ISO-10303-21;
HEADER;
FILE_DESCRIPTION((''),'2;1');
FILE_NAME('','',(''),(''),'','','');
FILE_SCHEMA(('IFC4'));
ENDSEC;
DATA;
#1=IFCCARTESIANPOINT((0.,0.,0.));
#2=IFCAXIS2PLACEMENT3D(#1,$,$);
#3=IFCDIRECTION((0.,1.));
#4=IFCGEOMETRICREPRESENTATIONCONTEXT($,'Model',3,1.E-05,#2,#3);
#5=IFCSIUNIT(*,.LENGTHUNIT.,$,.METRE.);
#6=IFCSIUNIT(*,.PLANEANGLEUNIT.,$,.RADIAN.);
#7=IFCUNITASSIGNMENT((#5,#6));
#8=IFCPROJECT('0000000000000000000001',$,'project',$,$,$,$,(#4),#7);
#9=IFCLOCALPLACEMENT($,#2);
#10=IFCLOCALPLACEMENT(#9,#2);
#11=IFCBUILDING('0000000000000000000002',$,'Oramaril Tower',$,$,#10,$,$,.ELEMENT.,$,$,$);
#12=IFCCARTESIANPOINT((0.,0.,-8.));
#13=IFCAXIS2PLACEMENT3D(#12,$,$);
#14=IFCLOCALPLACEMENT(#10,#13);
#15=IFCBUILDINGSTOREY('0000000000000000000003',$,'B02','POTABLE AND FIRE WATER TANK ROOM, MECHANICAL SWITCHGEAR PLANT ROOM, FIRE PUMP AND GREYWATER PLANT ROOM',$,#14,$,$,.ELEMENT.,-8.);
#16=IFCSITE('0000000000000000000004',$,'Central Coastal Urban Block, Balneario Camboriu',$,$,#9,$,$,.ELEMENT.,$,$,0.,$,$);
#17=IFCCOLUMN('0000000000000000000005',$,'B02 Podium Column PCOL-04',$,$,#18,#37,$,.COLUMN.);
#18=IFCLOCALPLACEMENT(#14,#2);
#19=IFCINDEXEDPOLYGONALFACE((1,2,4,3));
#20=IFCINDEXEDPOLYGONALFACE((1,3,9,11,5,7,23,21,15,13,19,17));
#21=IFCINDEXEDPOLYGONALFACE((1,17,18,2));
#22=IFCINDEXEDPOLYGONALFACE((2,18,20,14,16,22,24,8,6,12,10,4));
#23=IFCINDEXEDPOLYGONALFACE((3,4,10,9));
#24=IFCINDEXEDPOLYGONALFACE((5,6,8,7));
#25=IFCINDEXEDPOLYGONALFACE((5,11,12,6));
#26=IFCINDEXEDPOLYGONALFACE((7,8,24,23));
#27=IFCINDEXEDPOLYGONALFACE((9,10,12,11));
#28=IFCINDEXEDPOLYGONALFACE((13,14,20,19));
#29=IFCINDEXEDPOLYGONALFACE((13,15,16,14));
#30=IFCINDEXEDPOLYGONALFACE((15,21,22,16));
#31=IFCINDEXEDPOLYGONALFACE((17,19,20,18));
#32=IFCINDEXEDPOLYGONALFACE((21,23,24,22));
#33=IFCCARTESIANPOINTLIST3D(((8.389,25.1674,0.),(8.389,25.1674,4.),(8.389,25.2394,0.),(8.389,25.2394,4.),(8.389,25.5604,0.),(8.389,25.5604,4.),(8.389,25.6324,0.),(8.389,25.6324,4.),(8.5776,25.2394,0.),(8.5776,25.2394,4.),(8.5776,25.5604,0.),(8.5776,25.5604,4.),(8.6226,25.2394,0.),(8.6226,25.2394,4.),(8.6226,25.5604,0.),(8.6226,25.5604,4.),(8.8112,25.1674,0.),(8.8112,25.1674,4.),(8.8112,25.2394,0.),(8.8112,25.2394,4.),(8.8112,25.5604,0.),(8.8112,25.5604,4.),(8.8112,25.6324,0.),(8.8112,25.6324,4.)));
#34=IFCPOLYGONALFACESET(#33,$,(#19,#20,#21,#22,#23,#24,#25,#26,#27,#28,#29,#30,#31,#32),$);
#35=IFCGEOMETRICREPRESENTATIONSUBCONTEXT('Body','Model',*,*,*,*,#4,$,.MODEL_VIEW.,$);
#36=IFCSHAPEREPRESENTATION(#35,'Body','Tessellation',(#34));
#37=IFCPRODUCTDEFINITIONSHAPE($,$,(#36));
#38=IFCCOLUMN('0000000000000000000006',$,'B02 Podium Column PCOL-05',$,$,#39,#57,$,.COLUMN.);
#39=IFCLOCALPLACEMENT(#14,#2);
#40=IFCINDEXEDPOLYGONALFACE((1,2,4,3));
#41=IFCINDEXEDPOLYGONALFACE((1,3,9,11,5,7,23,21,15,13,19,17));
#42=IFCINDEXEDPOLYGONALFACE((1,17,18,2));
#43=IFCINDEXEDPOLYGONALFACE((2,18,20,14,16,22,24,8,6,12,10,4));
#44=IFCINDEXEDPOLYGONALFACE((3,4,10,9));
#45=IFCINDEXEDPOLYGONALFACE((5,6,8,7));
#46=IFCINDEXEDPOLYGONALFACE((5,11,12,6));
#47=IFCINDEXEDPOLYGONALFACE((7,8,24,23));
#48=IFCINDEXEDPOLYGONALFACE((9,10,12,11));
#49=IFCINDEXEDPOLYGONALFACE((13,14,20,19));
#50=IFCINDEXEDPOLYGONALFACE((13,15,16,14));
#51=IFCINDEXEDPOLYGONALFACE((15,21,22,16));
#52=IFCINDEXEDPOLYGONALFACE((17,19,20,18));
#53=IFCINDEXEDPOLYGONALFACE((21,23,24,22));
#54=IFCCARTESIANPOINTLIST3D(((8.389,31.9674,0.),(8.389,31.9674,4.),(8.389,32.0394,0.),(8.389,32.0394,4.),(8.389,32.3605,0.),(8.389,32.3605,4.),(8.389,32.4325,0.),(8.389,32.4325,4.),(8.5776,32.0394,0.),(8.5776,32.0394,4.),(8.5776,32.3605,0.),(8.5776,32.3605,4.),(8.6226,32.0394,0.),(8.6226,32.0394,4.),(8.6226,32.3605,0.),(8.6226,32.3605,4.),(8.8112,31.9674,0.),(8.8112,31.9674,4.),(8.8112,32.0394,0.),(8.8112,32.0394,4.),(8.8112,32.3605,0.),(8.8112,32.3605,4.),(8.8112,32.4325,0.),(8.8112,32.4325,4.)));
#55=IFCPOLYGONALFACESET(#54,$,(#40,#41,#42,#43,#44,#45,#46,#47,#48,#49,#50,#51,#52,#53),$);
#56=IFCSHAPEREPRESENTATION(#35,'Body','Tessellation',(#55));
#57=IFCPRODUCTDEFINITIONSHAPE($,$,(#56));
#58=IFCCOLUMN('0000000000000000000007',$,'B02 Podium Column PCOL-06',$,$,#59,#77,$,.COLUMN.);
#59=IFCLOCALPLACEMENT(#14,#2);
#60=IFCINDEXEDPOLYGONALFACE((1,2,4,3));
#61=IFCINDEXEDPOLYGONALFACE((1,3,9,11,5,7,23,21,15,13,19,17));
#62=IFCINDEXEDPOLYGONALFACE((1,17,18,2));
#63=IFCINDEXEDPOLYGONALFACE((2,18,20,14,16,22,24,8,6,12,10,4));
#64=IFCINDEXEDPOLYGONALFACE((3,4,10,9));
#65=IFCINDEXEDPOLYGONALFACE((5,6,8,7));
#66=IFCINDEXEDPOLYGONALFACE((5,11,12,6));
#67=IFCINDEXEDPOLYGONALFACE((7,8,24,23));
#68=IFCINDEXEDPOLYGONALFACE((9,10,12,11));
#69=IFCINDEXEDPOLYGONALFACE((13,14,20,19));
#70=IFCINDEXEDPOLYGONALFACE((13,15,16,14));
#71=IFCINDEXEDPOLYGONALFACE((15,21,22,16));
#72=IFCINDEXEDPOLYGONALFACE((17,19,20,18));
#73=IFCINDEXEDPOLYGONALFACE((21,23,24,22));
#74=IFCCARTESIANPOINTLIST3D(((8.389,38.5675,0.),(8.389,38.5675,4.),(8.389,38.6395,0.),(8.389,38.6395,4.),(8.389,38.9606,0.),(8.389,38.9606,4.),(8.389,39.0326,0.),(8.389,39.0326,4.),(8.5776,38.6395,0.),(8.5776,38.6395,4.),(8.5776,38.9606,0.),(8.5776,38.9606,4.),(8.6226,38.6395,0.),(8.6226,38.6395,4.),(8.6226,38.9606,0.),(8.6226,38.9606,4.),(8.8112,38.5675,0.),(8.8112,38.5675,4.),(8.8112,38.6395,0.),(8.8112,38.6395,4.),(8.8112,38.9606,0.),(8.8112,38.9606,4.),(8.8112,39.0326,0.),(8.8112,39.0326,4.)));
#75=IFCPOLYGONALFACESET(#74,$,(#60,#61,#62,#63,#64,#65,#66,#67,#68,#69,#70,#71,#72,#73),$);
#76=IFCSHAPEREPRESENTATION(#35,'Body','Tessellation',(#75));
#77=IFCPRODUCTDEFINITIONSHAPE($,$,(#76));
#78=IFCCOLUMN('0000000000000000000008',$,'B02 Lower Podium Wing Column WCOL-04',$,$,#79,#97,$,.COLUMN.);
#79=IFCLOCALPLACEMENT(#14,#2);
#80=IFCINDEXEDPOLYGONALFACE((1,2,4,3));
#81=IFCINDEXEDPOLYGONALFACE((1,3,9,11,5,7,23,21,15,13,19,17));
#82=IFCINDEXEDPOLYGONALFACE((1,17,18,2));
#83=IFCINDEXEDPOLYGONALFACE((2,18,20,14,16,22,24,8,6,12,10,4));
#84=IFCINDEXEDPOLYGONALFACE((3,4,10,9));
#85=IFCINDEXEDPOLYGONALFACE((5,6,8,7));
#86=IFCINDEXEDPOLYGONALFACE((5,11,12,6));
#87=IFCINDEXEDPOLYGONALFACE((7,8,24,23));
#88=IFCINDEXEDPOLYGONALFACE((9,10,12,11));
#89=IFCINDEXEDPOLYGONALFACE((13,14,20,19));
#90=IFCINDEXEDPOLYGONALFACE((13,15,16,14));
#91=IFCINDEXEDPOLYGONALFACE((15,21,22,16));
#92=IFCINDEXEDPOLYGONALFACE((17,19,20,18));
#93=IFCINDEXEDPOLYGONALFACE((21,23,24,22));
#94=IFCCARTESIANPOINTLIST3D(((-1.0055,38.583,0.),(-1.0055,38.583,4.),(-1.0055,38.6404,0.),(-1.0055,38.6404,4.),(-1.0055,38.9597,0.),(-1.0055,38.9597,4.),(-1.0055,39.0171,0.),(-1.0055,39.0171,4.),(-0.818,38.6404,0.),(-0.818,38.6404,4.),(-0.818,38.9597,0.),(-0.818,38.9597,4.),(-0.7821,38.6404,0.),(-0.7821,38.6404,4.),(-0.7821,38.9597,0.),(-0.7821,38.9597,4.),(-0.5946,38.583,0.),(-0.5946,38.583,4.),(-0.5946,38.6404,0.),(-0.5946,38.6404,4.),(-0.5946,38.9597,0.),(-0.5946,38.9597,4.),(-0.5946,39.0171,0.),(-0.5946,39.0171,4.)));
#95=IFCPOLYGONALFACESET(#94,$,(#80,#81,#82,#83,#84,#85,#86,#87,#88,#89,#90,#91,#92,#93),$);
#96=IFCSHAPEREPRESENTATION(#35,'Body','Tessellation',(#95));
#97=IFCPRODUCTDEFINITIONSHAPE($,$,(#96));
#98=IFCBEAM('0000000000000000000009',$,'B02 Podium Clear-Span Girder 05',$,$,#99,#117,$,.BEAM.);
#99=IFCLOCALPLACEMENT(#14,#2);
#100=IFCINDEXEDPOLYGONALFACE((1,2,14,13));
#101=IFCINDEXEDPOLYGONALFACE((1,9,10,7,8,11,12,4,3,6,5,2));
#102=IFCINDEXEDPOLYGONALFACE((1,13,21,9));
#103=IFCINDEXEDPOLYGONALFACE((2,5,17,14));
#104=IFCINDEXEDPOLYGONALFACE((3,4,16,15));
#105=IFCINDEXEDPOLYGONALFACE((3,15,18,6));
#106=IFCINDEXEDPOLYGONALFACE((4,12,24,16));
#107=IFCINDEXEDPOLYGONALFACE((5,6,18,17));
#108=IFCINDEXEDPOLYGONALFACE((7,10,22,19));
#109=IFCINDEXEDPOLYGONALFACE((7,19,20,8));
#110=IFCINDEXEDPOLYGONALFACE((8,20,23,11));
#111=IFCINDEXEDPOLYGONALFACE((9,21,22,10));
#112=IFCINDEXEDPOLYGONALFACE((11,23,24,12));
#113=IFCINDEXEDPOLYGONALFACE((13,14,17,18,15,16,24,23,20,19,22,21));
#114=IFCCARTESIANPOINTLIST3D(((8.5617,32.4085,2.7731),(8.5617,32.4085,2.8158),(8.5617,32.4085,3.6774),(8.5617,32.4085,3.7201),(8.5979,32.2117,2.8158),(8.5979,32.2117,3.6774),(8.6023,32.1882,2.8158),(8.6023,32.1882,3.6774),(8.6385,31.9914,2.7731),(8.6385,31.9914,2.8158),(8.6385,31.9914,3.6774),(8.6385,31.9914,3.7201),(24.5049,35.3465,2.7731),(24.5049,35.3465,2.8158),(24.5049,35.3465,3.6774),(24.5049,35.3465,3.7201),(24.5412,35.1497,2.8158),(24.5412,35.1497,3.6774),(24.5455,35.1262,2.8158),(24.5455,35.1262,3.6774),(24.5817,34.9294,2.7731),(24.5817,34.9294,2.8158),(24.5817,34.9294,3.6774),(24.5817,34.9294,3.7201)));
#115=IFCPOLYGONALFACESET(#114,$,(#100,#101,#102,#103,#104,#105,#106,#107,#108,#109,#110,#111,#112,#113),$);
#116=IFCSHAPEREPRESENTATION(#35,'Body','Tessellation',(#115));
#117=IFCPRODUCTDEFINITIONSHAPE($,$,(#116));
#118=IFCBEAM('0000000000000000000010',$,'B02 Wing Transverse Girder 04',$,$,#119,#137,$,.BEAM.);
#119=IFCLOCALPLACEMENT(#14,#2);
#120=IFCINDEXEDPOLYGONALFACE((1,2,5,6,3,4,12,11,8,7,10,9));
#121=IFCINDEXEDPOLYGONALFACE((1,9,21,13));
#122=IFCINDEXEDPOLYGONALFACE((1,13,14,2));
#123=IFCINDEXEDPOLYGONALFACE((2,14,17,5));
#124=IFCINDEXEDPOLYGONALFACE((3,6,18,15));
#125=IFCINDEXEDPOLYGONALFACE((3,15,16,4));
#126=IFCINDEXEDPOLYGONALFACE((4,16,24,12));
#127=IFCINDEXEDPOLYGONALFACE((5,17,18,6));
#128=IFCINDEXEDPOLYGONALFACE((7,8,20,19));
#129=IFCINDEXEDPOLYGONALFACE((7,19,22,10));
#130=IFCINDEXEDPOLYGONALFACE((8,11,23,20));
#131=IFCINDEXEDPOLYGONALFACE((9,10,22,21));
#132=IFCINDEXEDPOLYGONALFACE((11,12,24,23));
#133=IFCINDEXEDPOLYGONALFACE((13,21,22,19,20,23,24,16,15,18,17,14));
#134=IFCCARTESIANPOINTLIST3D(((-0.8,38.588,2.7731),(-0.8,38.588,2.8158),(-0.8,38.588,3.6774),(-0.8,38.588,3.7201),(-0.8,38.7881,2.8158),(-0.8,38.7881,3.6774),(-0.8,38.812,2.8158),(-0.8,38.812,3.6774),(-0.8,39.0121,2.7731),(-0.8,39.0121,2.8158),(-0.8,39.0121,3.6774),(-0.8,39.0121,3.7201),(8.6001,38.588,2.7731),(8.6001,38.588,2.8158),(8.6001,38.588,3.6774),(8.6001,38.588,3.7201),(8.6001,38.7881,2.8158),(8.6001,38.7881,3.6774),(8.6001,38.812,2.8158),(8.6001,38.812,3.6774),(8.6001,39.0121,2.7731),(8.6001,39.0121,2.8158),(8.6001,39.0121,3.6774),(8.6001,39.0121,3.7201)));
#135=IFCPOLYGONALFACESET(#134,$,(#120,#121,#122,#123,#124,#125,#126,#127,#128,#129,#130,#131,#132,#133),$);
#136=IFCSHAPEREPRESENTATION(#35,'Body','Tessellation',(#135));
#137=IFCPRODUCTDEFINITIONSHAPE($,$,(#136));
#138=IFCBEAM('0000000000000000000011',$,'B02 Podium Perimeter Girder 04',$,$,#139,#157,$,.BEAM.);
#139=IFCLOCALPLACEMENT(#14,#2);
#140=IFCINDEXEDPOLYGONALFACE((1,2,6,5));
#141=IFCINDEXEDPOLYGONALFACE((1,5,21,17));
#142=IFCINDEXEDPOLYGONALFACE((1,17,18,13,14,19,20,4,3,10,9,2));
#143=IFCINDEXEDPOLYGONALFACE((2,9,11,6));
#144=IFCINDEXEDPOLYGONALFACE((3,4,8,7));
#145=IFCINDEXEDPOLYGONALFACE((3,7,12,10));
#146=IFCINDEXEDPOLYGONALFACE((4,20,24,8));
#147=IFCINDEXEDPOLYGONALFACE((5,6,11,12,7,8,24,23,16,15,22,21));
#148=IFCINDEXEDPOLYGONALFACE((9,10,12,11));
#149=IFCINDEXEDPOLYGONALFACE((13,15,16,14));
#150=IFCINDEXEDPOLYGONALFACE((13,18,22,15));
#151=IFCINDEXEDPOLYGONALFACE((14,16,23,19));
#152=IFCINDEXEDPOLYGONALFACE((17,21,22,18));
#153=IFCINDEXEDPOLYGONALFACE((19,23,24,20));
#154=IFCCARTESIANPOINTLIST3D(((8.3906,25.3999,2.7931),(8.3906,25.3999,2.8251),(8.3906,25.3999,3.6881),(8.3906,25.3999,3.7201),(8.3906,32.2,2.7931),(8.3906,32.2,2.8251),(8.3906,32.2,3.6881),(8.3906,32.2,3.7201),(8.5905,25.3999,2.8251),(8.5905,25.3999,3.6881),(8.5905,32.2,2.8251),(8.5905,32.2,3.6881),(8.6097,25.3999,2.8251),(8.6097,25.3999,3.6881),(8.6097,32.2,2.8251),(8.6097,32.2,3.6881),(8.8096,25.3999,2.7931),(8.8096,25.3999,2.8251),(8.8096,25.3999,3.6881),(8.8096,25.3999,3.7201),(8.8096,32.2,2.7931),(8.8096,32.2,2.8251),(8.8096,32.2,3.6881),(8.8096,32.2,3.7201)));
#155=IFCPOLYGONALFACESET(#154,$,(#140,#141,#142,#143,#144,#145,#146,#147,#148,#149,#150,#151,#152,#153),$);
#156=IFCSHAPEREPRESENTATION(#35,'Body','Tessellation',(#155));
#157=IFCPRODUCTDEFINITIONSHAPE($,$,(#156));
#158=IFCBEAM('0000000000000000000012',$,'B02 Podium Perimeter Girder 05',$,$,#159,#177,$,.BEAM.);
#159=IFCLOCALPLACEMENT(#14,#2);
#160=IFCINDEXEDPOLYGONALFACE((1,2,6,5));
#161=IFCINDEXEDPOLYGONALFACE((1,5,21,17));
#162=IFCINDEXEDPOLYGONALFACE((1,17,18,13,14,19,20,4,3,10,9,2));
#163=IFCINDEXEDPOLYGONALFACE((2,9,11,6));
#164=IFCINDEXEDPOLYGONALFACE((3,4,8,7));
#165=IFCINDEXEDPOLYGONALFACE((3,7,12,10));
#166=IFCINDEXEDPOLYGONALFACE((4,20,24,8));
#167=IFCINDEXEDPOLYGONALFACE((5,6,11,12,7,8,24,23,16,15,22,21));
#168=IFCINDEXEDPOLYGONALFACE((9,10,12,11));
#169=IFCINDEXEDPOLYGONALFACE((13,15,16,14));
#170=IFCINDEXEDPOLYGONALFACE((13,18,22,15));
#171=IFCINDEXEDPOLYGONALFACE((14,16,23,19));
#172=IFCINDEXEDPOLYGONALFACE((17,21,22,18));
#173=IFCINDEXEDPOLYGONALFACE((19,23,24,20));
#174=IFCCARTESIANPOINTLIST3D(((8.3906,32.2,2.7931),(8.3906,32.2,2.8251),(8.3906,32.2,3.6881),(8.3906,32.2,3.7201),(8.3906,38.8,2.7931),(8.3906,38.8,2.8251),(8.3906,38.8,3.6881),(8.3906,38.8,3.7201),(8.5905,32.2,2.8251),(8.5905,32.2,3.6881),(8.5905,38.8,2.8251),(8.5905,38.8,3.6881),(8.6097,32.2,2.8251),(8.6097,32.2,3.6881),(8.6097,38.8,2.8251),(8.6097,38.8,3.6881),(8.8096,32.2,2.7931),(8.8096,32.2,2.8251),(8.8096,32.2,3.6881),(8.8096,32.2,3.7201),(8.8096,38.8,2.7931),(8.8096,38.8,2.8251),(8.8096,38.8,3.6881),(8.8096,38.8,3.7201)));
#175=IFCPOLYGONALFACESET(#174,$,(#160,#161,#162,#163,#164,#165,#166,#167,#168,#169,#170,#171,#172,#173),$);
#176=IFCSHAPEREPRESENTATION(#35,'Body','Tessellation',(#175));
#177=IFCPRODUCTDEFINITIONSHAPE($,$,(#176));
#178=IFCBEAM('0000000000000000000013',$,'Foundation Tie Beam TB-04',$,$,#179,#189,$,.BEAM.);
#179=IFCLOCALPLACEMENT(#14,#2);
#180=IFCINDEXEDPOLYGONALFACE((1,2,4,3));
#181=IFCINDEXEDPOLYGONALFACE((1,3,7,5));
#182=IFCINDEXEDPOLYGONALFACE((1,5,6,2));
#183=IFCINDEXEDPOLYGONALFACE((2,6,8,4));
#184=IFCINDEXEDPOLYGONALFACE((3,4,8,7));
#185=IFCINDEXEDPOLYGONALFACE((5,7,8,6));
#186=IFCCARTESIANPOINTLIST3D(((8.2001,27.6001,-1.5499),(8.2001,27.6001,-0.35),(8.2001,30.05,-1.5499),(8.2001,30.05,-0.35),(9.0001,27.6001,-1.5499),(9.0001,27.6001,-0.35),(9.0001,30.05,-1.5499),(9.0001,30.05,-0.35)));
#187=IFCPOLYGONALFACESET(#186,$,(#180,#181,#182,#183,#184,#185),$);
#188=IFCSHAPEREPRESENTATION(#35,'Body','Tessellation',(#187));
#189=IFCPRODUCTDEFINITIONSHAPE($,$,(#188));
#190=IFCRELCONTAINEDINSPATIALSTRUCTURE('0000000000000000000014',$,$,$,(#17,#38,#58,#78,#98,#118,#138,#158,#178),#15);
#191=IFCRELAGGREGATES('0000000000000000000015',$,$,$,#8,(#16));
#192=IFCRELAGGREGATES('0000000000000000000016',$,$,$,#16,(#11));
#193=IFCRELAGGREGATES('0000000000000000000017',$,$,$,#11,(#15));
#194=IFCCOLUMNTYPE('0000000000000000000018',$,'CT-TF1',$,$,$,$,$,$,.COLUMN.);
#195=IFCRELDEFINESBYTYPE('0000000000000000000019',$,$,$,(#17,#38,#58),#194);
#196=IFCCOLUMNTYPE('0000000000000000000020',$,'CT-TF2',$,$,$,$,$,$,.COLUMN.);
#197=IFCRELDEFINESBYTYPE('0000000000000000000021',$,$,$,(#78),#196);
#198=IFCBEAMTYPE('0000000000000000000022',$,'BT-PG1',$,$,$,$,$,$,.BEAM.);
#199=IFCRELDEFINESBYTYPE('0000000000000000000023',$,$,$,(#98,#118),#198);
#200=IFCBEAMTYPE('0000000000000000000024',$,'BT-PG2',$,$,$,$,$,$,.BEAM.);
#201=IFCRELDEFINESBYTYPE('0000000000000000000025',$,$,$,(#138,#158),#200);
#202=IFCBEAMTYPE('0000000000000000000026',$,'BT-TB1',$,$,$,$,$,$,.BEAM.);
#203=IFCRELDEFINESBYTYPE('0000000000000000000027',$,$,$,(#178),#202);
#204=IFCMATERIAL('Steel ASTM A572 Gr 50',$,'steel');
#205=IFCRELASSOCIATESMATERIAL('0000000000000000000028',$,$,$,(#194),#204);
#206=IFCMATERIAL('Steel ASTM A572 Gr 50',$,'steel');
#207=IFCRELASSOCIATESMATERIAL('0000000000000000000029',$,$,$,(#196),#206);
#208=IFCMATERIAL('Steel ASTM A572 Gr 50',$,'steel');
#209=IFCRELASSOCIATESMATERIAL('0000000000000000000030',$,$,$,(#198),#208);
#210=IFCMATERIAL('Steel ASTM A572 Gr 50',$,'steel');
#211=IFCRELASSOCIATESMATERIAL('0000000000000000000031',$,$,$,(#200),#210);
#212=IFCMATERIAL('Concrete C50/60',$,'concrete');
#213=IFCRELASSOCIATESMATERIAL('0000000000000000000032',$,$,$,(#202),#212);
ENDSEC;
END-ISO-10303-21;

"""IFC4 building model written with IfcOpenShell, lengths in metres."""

from ifc_helpers import new_model, si_unit, direction, frame, origin, origin_2d, place, context, subcontext, project, spatial, rectangle, i_section, extrude, material, material_profile, profile_set, type_object, element, save


model = new_model("IFC4")

# Units and contexts
model_context = context("Model", 3, precision=1e-05, world=origin(), true_north=direction((0.0, 1.0)))
body_context = subcontext(model_context, "Body", "Model", "MODEL_VIEW")
ifc_project = project(units=[si_unit("LENGTHUNIT", "METRE"), si_unit("PLANEANGLEUNIT", "RADIAN")], contexts=[model_context])

# Site, building, storey
site_placement = place(None, origin())
site = spatial("IfcSite", under=ifc_project, at=site_placement, Name="Central Coastal Urban Block, Balneario Camboriu", CompositionType="ELEMENT", RefElevation=0.0)
building_placement = place(site_placement, origin())
building = spatial("IfcBuilding", under=site, at=building_placement, Name="Oramaril Tower", CompositionType="ELEMENT")
storey_placement = place(building_placement, frame((0.0, 0.0, -8.0)))
storey = spatial("IfcBuildingStorey", under=building, at=storey_placement, Name="B02", Description="POTABLE AND FIRE WATER TANK ROOM, MECHANICAL SWITCHGEAR PLANT ROOM, FIRE PUMP AND GREYWATER PLANT ROOM", CompositionType="ELEMENT", Elevation=-8.0)

# Columns
ifc_material_1 = material(Name="Steel ASTM A572 Gr 50", Category="steel")
ifc_material_profile_1 = material_profile(ifc_material_1, i_section(OverallWidth=0.4221, OverallDepth=0.4651, WebThickness=0.0449, FlangeThickness=0.072, at=origin_2d()), Name="W14X398")
ifc_profile_set_1 = profile_set([ifc_material_profile_1], Name="Steel ASTM A572 Gr 50")
column_type_1 = type_object("IfcColumnType", Name="CT-TF1", PredefinedType="COLUMN", material=ifc_profile_set_1)
for number, where, z_axis, x_axis, name in (
    (1, (8.6001, 25.3999, 0.0), (0.0, 0.0, 1.0), (1.0, 0.0, 0.0), "B02 Podium Column PCOL-04"),
    (2, (8.6001, 32.2, 0.0), (0.0, 0.0, 1.0), (1.0, 0.0, 0.0), "B02 Podium Column PCOL-05"),
    (3, (8.6001, 38.8, 0.0), (0.0, 0.0, 1.0), (1.0, 0.0, 0.0), "B02 Podium Column PCOL-06"),
):
    element("IfcColumn", number, at=place(storey_placement, frame(where, z_axis=z_axis, x_axis=x_axis)), inside=storey, type_object=column_type_1, Name=name, PredefinedType="COLUMN", context=body_context, shape_type="SweptSolid", body=[
        extrude(i_section(OverallWidth=0.4221, OverallDepth=0.4651, WebThickness=0.0449, FlangeThickness=0.072, at=origin_2d()), origin(), (0.0, 0.0, 1.0), 4.0),
    ])
ifc_material_2 = material(Name="Steel ASTM A572 Gr 50", Category="steel")
ifc_material_profile_2 = material_profile(ifc_material_2, i_section(OverallWidth=0.4109, OverallDepth=0.4341, WebThickness=0.0359, FlangeThickness=0.0574, at=origin_2d()), Name="W14X311")
ifc_profile_set_2 = profile_set([ifc_material_profile_2], Name="Steel ASTM A572 Gr 50")
column_type_2 = type_object("IfcColumnType", Name="CT-TF2", PredefinedType="COLUMN", material=ifc_profile_set_2)
column_placement = place(storey_placement, frame((-0.8, 38.8, 0.0), z_axis=(0.0, 0.0, 1.0), x_axis=(1.0, 0.0, 0.0)))
element("IfcColumn", 4, at=column_placement, inside=storey, type_object=column_type_2, Name="B02 Lower Podium Wing Column WCOL-04", PredefinedType="COLUMN", context=body_context, shape_type="SweptSolid", body=[
    extrude(i_section(OverallWidth=0.4109, OverallDepth=0.4341, WebThickness=0.0359, FlangeThickness=0.0574, at=origin_2d()), origin(), (0.0, 0.0, 1.0), 4.0),
])

# Beams
ifc_material_3 = material(Name="Steel ASTM A572 Gr 50", Category="steel")
ifc_material_profile_3 = material_profile(ifc_material_3, i_section(OverallWidth=0.4241, OverallDepth=0.947, WebThickness=0.0239, FlangeThickness=0.0427, at=origin_2d()), Name="W36X302")
ifc_profile_set_3 = profile_set([ifc_material_profile_3], Name="Steel ASTM A572 Gr 50")
beam_type_1 = type_object("IfcBeamType", Name="BT-PG1", PredefinedType="BEAM", material=ifc_profile_set_3)
beam_1_placement = place(storey_placement, frame((8.6001, 32.2, 3.2466), z_axis=(0.983441, 0.181228, 0.0), x_axis=(-0.181228, 0.983441, 0.0)))
element("IfcBeam", 5, at=beam_1_placement, inside=storey, type_object=beam_type_1, Name="B02 Podium Clear-Span Girder 05", PredefinedType="BEAM", context=body_context, shape_type="SweptSolid", body=[
    extrude(i_section(OverallWidth=0.4241, OverallDepth=0.947, WebThickness=0.0239, FlangeThickness=0.0427, at=origin_2d()), origin(), (0.0, 0.0, 1.0), 16.2117),
])
beam_2_placement = place(storey_placement, frame((-0.8, 38.8, 3.2466), z_axis=(1.0, 0.0, 0.0), x_axis=(0.0, 1.0, 0.0)))
element("IfcBeam", 6, at=beam_2_placement, inside=storey, type_object=beam_type_1, Name="B02 Wing Transverse Girder 04", PredefinedType="BEAM", context=body_context, shape_type="SweptSolid", body=[
    extrude(i_section(OverallWidth=0.4241, OverallDepth=0.947, WebThickness=0.0239, FlangeThickness=0.0427, at=origin_2d()), origin(), (0.0, 0.0, 1.0), 9.4001),
])
ifc_material_4 = material(Name="Steel ASTM A572 Gr 50", Category="steel")
ifc_material_profile_4 = material_profile(ifc_material_4, i_section(OverallWidth=0.4189, OverallDepth=0.927, WebThickness=0.0193, FlangeThickness=0.032, at=origin_2d()), Name="W36X231")
ifc_profile_set_4 = profile_set([ifc_material_profile_4], Name="Steel ASTM A572 Gr 50")
beam_type_2 = type_object("IfcBeamType", Name="BT-PG2", PredefinedType="BEAM", material=ifc_profile_set_4)
beam_3_placement = place(storey_placement, frame((8.6001, 25.3999, 3.2566), z_axis=(0.0, 1.0, 0.0), x_axis=(-1.0, 0.0, 0.0)))
element("IfcBeam", 7, at=beam_3_placement, inside=storey, type_object=beam_type_2, Name="B02 Podium Perimeter Girder 04", PredefinedType="BEAM", context=body_context, shape_type="SweptSolid", body=[
    extrude(i_section(OverallWidth=0.4189, OverallDepth=0.927, WebThickness=0.0193, FlangeThickness=0.032, at=origin_2d()), origin(), (0.0, 0.0, 1.0), 6.8),
])
beam_4_placement = place(storey_placement, frame((8.6001, 32.2, 3.2566), z_axis=(0.0, 1.0, 0.0), x_axis=(-1.0, 0.0, 0.0)))
element("IfcBeam", 8, at=beam_4_placement, inside=storey, type_object=beam_type_2, Name="B02 Podium Perimeter Girder 05", PredefinedType="BEAM", context=body_context, shape_type="SweptSolid", body=[
    extrude(i_section(OverallWidth=0.4189, OverallDepth=0.927, WebThickness=0.0193, FlangeThickness=0.032, at=origin_2d()), origin(), (0.0, 0.0, 1.0), 6.6001),
])
ifc_material_5 = material(Name="Concrete C50/60", Category="concrete")
ifc_material_profile_5 = material_profile(ifc_material_5, rectangle(XDim=0.8, YDim=1.2, at=origin_2d()), Name="TB800X1200")
ifc_profile_set_5 = profile_set([ifc_material_profile_5], Name="Concrete C50/60")
beam_type_3 = type_object("IfcBeamType", Name="BT-TB1", PredefinedType="BEAM", material=ifc_profile_set_5)
beam_5_placement = place(storey_placement, frame((8.6001, 27.6001, -0.95), z_axis=(0.0, 1.0, 0.0), x_axis=(-1.0, 0.0, 0.0)))
element("IfcBeam", 9, at=beam_5_placement, inside=storey, type_object=beam_type_3, Name="Foundation Tie Beam TB-04", PredefinedType="BEAM", context=body_context, shape_type="SweptSolid", body=[
    extrude(rectangle(XDim=0.8, YDim=1.2, at=origin_2d()), origin(), (0.0, 0.0, 1.0), 2.45),
])

save(model, "model.ifc")
